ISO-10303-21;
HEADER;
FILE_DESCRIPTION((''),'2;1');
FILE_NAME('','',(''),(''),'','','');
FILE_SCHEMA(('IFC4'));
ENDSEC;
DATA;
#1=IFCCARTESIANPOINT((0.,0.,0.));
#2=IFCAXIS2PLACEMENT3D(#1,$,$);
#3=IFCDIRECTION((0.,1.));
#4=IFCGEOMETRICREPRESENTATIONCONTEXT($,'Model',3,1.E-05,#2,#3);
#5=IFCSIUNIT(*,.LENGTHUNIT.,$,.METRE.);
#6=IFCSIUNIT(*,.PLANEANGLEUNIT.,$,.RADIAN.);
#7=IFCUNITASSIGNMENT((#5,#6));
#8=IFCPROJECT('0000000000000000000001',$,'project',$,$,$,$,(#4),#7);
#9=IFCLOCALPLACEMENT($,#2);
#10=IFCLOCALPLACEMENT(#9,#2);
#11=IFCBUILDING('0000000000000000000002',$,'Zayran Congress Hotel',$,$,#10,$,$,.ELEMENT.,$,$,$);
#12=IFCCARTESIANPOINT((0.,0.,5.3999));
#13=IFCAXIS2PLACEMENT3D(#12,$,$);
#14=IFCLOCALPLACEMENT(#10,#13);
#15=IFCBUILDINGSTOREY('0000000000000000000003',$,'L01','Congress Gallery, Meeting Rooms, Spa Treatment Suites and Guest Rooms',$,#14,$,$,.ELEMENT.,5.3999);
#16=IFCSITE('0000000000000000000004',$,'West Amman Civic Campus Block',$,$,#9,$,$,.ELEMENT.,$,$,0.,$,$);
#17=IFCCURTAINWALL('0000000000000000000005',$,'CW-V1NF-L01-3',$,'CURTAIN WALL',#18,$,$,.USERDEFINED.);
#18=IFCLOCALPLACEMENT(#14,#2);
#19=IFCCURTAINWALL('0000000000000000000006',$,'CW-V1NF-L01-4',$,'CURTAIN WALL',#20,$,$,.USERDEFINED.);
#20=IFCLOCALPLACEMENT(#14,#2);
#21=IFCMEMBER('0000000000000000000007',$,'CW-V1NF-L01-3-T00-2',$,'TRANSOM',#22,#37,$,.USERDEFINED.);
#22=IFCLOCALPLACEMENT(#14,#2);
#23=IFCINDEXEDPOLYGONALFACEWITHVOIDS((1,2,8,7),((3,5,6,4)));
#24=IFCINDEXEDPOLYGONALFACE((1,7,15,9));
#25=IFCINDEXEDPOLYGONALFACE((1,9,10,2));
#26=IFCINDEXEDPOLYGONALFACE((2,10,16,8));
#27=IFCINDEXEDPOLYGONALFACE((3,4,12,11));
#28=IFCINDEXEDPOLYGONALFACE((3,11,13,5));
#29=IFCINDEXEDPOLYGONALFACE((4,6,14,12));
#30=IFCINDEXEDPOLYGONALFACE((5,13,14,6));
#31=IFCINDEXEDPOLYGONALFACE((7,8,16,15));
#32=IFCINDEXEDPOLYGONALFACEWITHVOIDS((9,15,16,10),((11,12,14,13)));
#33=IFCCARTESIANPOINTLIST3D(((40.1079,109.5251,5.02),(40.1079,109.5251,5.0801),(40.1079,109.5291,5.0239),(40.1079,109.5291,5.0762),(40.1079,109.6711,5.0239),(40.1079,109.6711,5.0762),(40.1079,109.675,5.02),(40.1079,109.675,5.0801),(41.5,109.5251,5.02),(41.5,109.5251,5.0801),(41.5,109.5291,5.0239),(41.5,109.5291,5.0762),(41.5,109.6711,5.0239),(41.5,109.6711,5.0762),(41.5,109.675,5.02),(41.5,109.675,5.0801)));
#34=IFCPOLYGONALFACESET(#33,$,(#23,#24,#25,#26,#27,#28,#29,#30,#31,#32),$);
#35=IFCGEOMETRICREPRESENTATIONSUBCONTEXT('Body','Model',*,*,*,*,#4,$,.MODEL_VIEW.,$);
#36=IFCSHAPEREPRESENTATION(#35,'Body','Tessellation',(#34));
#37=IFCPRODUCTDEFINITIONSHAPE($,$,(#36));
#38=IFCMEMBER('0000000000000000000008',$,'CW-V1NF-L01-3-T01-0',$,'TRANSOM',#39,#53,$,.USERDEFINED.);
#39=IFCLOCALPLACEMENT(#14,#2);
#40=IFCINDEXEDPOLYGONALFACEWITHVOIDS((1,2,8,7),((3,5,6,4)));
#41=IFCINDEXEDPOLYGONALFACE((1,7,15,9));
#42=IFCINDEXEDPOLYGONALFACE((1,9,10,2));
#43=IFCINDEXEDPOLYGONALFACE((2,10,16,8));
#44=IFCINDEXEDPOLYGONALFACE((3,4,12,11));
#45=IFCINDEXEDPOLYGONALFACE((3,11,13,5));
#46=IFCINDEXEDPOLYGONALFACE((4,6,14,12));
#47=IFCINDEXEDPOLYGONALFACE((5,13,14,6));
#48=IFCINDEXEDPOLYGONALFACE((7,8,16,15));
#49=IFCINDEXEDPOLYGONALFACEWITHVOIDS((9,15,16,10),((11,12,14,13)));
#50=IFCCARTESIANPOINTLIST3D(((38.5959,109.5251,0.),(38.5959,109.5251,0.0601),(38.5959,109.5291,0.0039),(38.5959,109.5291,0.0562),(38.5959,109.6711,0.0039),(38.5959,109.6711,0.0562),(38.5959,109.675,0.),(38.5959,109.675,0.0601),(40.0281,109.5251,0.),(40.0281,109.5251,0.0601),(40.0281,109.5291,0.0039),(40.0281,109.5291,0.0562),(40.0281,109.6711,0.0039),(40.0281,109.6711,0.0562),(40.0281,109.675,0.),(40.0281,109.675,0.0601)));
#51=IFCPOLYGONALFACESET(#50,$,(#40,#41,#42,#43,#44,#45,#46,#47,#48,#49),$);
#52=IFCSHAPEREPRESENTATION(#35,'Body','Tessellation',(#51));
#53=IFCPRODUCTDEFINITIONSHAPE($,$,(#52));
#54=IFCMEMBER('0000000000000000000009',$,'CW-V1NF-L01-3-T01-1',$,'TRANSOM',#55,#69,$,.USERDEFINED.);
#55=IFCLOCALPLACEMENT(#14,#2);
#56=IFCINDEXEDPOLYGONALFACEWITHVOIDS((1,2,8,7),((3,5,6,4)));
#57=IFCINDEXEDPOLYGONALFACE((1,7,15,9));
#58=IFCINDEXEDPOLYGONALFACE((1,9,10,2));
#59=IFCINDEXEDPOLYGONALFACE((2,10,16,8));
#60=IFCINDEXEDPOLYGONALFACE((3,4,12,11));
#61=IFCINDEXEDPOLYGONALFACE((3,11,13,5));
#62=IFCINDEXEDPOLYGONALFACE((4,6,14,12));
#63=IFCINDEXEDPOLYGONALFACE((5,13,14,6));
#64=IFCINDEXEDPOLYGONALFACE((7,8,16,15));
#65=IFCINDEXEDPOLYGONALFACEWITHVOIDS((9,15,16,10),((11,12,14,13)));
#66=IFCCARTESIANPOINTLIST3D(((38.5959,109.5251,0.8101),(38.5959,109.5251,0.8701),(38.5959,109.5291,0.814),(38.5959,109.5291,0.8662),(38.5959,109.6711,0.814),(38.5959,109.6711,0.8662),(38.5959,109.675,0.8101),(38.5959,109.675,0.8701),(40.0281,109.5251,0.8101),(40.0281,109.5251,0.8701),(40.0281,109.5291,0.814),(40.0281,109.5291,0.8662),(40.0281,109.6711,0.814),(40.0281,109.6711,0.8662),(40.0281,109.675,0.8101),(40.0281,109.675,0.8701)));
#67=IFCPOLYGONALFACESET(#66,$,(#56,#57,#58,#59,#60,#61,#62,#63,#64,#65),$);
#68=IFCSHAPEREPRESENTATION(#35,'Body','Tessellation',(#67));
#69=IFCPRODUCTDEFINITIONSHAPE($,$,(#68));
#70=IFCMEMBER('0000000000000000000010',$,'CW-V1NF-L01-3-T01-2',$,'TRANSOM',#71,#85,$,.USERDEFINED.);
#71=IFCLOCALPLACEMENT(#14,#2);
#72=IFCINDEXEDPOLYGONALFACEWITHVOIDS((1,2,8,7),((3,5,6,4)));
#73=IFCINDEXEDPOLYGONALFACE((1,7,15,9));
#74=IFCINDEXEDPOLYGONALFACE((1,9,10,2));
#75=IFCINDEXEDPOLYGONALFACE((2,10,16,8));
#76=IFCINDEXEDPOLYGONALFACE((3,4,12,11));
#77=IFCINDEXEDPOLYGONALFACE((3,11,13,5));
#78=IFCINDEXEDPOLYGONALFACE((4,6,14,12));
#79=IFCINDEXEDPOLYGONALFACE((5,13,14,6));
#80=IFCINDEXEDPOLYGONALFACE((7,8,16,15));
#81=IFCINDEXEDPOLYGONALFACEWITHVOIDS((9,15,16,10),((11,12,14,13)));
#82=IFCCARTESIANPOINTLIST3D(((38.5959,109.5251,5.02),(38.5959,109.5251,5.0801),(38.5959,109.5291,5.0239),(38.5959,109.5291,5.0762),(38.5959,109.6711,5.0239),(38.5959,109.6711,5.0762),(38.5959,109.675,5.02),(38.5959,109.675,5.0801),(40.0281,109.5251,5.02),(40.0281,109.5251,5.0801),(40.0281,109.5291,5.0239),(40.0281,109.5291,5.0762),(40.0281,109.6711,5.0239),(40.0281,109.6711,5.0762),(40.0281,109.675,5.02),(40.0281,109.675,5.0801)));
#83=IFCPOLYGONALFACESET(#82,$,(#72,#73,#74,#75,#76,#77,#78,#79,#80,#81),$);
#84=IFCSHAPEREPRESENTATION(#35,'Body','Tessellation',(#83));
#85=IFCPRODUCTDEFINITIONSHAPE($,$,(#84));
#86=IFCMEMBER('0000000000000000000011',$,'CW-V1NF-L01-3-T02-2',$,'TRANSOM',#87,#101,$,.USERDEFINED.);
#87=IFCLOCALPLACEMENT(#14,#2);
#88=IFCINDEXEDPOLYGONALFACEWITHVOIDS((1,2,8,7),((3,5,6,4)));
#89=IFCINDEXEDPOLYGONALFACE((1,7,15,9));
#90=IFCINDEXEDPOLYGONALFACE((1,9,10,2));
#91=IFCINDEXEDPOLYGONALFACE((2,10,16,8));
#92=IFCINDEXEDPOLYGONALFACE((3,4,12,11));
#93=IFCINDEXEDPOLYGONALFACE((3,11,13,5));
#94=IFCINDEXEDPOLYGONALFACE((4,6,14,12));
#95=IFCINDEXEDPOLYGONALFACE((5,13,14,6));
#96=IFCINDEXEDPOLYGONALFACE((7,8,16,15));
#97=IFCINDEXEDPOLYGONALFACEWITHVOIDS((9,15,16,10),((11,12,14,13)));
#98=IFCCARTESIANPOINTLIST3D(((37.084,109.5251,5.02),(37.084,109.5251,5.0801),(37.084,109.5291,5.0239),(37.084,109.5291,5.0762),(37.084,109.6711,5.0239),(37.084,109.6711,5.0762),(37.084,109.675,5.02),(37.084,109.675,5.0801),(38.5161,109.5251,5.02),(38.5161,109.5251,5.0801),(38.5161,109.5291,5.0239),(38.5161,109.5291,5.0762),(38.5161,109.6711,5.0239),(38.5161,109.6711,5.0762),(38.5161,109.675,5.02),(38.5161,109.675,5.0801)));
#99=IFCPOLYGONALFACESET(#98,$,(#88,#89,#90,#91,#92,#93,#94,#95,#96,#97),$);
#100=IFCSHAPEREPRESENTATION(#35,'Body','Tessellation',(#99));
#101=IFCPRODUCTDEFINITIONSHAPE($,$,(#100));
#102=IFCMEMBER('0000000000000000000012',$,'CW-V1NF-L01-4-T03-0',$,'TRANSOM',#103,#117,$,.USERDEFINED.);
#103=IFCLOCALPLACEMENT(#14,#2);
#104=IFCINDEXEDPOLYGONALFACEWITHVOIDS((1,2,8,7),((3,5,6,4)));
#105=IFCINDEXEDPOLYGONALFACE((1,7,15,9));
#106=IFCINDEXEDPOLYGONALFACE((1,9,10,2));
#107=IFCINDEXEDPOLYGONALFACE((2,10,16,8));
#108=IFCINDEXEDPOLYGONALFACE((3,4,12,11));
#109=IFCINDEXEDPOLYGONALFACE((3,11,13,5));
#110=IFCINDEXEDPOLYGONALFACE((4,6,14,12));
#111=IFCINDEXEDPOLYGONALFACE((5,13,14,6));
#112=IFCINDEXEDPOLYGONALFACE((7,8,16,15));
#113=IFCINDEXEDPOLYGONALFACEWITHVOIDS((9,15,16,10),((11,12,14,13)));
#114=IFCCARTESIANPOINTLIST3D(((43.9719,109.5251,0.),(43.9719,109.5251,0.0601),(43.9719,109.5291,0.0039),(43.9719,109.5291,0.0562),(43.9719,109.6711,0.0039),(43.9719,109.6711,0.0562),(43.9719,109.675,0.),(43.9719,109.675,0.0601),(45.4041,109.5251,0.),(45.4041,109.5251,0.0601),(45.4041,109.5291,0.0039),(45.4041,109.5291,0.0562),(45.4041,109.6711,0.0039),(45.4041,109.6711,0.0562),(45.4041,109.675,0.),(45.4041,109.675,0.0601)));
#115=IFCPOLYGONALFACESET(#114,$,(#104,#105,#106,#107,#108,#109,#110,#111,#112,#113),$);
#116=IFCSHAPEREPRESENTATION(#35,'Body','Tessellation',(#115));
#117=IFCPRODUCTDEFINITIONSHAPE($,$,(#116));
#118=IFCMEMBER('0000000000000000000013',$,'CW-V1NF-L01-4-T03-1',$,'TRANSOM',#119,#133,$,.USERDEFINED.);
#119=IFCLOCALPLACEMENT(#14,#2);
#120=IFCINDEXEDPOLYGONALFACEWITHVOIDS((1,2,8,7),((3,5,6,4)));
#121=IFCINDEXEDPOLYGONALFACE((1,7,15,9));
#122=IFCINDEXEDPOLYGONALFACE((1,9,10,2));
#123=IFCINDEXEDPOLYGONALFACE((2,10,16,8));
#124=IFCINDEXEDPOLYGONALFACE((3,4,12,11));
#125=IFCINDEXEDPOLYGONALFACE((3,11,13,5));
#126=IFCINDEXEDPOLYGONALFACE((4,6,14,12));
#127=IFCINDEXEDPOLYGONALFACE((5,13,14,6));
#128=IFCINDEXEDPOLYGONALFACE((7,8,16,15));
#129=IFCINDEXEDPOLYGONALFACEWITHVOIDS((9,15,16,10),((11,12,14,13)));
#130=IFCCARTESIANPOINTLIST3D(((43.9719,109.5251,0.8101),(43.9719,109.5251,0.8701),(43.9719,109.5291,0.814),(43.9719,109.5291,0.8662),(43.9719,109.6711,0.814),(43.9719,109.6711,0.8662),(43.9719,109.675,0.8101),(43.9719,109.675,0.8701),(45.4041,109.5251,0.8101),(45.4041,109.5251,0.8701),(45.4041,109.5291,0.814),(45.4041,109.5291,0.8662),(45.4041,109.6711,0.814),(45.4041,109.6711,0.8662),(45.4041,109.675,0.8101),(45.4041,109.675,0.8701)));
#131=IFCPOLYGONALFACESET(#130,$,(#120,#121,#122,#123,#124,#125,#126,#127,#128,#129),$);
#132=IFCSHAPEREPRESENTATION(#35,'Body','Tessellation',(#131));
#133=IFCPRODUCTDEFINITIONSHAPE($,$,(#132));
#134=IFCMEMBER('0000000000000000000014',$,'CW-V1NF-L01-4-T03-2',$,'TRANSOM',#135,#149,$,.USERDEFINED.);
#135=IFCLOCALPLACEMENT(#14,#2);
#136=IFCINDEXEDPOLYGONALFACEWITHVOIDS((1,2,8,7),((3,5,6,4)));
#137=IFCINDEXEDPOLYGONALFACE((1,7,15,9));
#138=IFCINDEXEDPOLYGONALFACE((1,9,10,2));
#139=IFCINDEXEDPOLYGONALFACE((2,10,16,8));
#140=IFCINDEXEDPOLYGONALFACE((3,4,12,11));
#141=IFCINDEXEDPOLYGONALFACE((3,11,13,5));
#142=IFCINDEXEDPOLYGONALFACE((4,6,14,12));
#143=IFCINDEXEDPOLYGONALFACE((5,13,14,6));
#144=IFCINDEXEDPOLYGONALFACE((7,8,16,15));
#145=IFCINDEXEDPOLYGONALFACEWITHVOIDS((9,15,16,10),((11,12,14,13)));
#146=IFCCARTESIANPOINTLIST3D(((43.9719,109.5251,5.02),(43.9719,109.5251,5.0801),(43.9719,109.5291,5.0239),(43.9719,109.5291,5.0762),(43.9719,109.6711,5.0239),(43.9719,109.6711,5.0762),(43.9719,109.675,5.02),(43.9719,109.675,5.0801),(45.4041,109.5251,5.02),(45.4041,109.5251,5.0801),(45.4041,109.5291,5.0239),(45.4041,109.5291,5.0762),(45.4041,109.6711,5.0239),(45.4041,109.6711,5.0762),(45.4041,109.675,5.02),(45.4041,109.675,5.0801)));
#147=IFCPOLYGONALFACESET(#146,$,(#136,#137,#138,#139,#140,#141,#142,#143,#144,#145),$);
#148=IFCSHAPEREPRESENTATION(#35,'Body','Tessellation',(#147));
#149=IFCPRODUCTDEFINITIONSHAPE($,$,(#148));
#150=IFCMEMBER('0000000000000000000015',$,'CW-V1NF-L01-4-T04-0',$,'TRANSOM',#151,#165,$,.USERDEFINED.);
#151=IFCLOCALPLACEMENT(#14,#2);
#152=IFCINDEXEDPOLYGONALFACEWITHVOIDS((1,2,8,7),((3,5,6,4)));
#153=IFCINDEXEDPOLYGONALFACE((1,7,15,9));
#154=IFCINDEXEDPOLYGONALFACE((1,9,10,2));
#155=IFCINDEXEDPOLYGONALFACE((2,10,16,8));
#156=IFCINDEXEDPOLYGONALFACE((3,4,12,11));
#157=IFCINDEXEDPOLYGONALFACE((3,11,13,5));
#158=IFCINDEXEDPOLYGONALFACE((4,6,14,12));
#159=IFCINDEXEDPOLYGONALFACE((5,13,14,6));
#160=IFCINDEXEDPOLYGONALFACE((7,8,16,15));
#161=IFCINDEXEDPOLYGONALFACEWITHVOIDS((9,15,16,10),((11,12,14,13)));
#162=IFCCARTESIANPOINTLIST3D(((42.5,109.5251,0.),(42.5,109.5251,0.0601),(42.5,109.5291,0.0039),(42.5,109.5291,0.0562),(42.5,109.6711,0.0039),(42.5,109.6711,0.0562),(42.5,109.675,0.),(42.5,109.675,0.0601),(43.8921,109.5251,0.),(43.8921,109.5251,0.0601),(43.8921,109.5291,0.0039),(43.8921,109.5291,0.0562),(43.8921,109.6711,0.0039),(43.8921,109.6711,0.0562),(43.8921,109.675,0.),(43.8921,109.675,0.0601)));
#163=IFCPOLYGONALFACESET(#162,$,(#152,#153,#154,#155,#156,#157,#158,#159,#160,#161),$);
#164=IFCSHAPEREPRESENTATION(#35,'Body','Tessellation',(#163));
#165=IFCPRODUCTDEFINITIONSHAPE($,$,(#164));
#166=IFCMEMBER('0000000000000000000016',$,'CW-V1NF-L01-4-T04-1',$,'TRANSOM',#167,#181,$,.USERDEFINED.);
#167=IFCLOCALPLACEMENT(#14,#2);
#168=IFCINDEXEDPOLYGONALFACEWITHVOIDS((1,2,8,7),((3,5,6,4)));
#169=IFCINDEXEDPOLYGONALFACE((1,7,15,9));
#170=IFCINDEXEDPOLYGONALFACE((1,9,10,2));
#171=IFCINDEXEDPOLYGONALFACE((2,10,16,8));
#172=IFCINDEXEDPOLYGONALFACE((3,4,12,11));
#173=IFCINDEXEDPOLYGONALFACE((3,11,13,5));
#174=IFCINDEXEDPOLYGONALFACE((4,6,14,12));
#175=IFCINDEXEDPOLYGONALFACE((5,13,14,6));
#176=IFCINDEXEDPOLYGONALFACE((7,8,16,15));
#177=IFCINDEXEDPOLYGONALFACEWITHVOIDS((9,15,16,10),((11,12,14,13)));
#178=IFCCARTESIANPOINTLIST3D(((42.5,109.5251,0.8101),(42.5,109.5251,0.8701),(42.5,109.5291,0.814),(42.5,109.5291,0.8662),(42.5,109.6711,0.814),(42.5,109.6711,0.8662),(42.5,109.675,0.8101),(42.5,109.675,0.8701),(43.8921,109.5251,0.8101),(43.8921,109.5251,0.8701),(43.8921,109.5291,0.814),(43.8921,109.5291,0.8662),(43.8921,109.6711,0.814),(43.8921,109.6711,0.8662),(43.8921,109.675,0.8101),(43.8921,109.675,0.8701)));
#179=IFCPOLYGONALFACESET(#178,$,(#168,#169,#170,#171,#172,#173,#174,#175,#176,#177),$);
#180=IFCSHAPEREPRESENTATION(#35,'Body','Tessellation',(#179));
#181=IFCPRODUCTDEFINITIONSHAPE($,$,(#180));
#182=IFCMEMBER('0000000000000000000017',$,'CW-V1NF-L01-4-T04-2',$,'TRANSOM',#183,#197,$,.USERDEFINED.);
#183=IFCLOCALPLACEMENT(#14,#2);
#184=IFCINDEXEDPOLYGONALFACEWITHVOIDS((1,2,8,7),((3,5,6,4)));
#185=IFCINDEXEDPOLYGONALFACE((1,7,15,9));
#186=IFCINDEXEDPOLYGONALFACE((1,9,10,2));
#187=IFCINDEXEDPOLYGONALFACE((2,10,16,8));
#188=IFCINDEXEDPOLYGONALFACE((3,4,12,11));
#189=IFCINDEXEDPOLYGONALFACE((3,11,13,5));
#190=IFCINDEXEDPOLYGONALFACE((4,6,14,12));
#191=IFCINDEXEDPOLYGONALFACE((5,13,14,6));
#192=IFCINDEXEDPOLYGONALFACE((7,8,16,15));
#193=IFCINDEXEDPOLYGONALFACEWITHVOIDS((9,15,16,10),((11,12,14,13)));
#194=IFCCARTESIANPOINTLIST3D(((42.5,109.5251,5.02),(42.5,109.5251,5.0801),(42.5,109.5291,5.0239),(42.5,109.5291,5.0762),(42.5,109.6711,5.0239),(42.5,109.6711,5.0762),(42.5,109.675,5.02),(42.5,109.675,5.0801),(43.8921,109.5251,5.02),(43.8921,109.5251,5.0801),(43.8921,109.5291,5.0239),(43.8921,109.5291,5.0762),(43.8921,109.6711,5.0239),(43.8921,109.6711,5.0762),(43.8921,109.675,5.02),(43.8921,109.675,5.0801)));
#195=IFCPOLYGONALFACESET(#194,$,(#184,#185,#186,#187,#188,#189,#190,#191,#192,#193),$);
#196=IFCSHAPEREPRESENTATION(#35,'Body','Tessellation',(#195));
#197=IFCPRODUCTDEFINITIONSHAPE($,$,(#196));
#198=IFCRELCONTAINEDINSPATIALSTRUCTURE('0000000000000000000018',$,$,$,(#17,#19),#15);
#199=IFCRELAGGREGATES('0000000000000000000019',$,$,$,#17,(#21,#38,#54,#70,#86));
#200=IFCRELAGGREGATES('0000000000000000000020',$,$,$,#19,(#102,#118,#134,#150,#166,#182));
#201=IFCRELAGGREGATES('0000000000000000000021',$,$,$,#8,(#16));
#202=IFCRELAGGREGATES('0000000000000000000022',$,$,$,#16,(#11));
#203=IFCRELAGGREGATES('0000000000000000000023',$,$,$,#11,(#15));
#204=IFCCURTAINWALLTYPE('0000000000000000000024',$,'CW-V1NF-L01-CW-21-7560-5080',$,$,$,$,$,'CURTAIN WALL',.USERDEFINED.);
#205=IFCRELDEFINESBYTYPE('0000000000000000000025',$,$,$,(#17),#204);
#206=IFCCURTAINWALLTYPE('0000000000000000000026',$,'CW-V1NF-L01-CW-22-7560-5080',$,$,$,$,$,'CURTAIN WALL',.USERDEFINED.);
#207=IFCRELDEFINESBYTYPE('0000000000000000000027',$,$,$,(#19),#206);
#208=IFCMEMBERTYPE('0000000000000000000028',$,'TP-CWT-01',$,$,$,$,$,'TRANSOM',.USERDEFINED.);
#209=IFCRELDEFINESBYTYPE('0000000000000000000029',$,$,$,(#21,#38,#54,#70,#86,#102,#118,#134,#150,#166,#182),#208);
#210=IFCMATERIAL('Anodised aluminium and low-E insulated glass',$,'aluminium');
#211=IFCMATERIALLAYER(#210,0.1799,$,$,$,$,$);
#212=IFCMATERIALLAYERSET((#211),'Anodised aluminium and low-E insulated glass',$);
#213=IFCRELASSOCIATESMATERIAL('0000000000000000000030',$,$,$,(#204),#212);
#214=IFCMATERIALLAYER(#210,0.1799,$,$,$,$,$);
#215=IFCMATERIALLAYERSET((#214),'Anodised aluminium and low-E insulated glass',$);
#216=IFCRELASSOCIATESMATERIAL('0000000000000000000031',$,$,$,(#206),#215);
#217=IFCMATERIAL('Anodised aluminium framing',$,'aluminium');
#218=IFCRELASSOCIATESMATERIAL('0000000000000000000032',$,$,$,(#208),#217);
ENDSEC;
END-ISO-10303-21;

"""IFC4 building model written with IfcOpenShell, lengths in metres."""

from ifc_helpers import new_model, si_unit, direction, frame, origin, origin_2d, place, context, subcontext, project, spatial, hollow_rectangle, extrude, material, layer, layer_set, material_profile, profile_set, type_object, element, aggregate, save


model = new_model("IFC4")

# Units and contexts
model_context = context("Model", 3, precision=1e-05, world=origin(), true_north=direction((0.0, 1.0)))
body_context = subcontext(model_context, "Body", "Model", "MODEL_VIEW")
ifc_project = project(units=[si_unit("LENGTHUNIT", "METRE"), si_unit("PLANEANGLEUNIT", "RADIAN")], contexts=[model_context])

# Site, building, storey
site_placement = place(None, origin())
site = spatial("IfcSite", under=ifc_project, at=site_placement, Name="West Amman Civic Campus Block", CompositionType="ELEMENT", RefElevation=0.0)
building_placement = place(site_placement, origin())
building = spatial("IfcBuilding", under=site, at=building_placement, Name="Zayran Congress Hotel", CompositionType="ELEMENT")
storey_placement = place(building_placement, frame((0.0, 0.0, 5.3999)))
storey = spatial("IfcBuildingStorey", under=building, at=storey_placement, Name="L01", Description="Congress Gallery, Meeting Rooms, Spa Treatment Suites and Guest Rooms", CompositionType="ELEMENT", Elevation=5.3999)

# Curtain walls
ifc_material_1 = material(Name="Anodised aluminium and low-E insulated glass", Category="aluminium")
ifc_layer_1 = layer(ifc_material_1, 0.1799)
ifc_layer_set_1 = layer_set([ifc_layer_1], Name="Anodised aluminium and low-E insulated glass")
curtain_wall_type_1 = type_object("IfcCurtainWallType", Name="CW-V1NF-L01-CW-21-7560-5080", ElementType="CURTAIN WALL", PredefinedType="USERDEFINED", material=ifc_layer_set_1)
curtain_wall_1_placement = place(storey_placement, origin())
curtain_wall_1 = element("IfcCurtainWall", 1, at=curtain_wall_1_placement, inside=storey, type_object=curtain_wall_type_1, Name="CW-V1NF-L01-3", ObjectType="CURTAIN WALL", PredefinedType="USERDEFINED")
ifc_material_2 = material(Name="Anodised aluminium framing", Category="aluminium")
ifc_layer_2 = layer(ifc_material_1, 0.1799)
ifc_layer_set_2 = layer_set([ifc_layer_2], Name="Anodised aluminium and low-E insulated glass")
curtain_wall_type_2 = type_object("IfcCurtainWallType", Name="CW-V1NF-L01-CW-22-7560-5080", ElementType="CURTAIN WALL", PredefinedType="USERDEFINED", material=ifc_layer_set_2)
curtain_wall_2_placement = place(storey_placement, origin())
curtain_wall_2 = element("IfcCurtainWall", 2, at=curtain_wall_2_placement, inside=storey, type_object=curtain_wall_type_2, Name="CW-V1NF-L01-4", ObjectType="CURTAIN WALL", PredefinedType="USERDEFINED")

# Members
ifc_material_profile_1 = material_profile(ifc_material_2, hollow_rectangle(XDim=0.0601, YDim=0.1499, WallThickness=0.0039, at=origin_2d()), Name="RHS 150x60x4")
ifc_profile_set_1 = profile_set([ifc_material_profile_1], Name="Anodised aluminium framing")
member_type_1 = type_object("IfcMemberType", Name="TP-CWT-01", ElementType="TRANSOM", PredefinedType="USERDEFINED", material=ifc_profile_set_1)
member_1_placement = place(storey_placement, frame((41.5, 109.6001, 5.05), z_axis=(-1.0, 0.0, 0.0), x_axis=(0.0, 0.0, 1.0)))
member_1 = element("IfcMember", 3, at=member_1_placement, type_object=member_type_1, Name="CW-V1NF-L01-3-T00-2", ObjectType="TRANSOM", PredefinedType="USERDEFINED", context=body_context, shape_type="SweptSolid", body=[
    extrude(hollow_rectangle(XDim=0.0601, YDim=0.1499, WallThickness=0.0039, at=origin_2d()), origin(), (0.0, 0.0, 1.0), 1.3921),
])
member_2_placement = place(storey_placement, frame((40.0281, 109.6001, 0.03), z_axis=(-1.0, 0.0, 0.0), x_axis=(0.0, 0.0, 1.0)))
member_2 = element("IfcMember", 4, at=member_2_placement, type_object=member_type_1, Name="CW-V1NF-L01-3-T01-0", ObjectType="TRANSOM", PredefinedType="USERDEFINED", context=body_context, shape_type="SweptSolid", body=[
    extrude(hollow_rectangle(XDim=0.0601, YDim=0.1499, WallThickness=0.0039, at=origin_2d()), origin(), (0.0, 0.0, 1.0), 1.4321),
])
member_3_placement = place(storey_placement, frame((40.0281, 109.6001, 0.8401), z_axis=(-1.0, 0.0, 0.0), x_axis=(0.0, 0.0, 1.0)))
member_3 = element("IfcMember", 5, at=member_3_placement, type_object=member_type_1, Name="CW-V1NF-L01-3-T01-1", ObjectType="TRANSOM", PredefinedType="USERDEFINED", context=body_context, shape_type="SweptSolid", body=[
    extrude(hollow_rectangle(XDim=0.0601, YDim=0.1499, WallThickness=0.0039, at=origin_2d()), origin(), (0.0, 0.0, 1.0), 1.4321),
])
member_4_placement = place(storey_placement, frame((40.0281, 109.6001, 5.05), z_axis=(-1.0, 0.0, 0.0), x_axis=(0.0, 0.0, 1.0)))
member_4 = element("IfcMember", 6, at=member_4_placement, type_object=member_type_1, Name="CW-V1NF-L01-3-T01-2", ObjectType="TRANSOM", PredefinedType="USERDEFINED", context=body_context, shape_type="SweptSolid", body=[
    extrude(hollow_rectangle(XDim=0.0601, YDim=0.1499, WallThickness=0.0039, at=origin_2d()), origin(), (0.0, 0.0, 1.0), 1.4321),
])
member_5_placement = place(storey_placement, frame((38.5161, 109.6001, 5.05), z_axis=(-1.0, 0.0, 0.0), x_axis=(0.0, 0.0, 1.0)))
member_5 = element("IfcMember", 7, at=member_5_placement, type_object=member_type_1, Name="CW-V1NF-L01-3-T02-2", ObjectType="TRANSOM", PredefinedType="USERDEFINED", context=body_context, shape_type="SweptSolid", body=[
    extrude(hollow_rectangle(XDim=0.0601, YDim=0.1499, WallThickness=0.0039, at=origin_2d()), origin(), (0.0, 0.0, 1.0), 1.4321),
])
member_6_placement = place(storey_placement, frame((45.4041, 109.6001, 0.03), z_axis=(-1.0, 0.0, 0.0), x_axis=(0.0, 0.0, 1.0)))
member_6 = element("IfcMember", 8, at=member_6_placement, type_object=member_type_1, Name="CW-V1NF-L01-4-T03-0", ObjectType="TRANSOM", PredefinedType="USERDEFINED", context=body_context, shape_type="SweptSolid", body=[
    extrude(hollow_rectangle(XDim=0.0601, YDim=0.1499, WallThickness=0.0039, at=origin_2d()), origin(), (0.0, 0.0, 1.0), 1.4321),
])
member_7_placement = place(storey_placement, frame((45.4041, 109.6001, 0.8401), z_axis=(-1.0, 0.0, 0.0), x_axis=(0.0, 0.0, 1.0)))
member_7 = element("IfcMember", 9, at=member_7_placement, type_object=member_type_1, Name="CW-V1NF-L01-4-T03-1", ObjectType="TRANSOM", PredefinedType="USERDEFINED", context=body_context, shape_type="SweptSolid", body=[
    extrude(hollow_rectangle(XDim=0.0601, YDim=0.1499, WallThickness=0.0039, at=origin_2d()), origin(), (0.0, 0.0, 1.0), 1.4321),
])
member_8_placement = place(storey_placement, frame((45.4041, 109.6001, 5.05), z_axis=(-1.0, 0.0, 0.0), x_axis=(0.0, 0.0, 1.0)))
member_8 = element("IfcMember", 10, at=member_8_placement, type_object=member_type_1, Name="CW-V1NF-L01-4-T03-2", ObjectType="TRANSOM", PredefinedType="USERDEFINED", context=body_context, shape_type="SweptSolid", body=[
    extrude(hollow_rectangle(XDim=0.0601, YDim=0.1499, WallThickness=0.0039, at=origin_2d()), origin(), (0.0, 0.0, 1.0), 1.4321),
])
member_9_placement = place(storey_placement, frame((43.8921, 109.6001, 0.03), z_axis=(-1.0, 0.0, 0.0), x_axis=(0.0, 0.0, 1.0)))
member_9 = element("IfcMember", 11, at=member_9_placement, type_object=member_type_1, Name="CW-V1NF-L01-4-T04-0", ObjectType="TRANSOM", PredefinedType="USERDEFINED", context=body_context, shape_type="SweptSolid", body=[
    extrude(hollow_rectangle(XDim=0.0601, YDim=0.1499, WallThickness=0.0039, at=origin_2d()), origin(), (0.0, 0.0, 1.0), 1.3921),
])
member_10_placement = place(storey_placement, frame((43.8921, 109.6001, 0.8401), z_axis=(-1.0, 0.0, 0.0), x_axis=(0.0, 0.0, 1.0)))
member_10 = element("IfcMember", 12, at=member_10_placement, type_object=member_type_1, Name="CW-V1NF-L01-4-T04-1", ObjectType="TRANSOM", PredefinedType="USERDEFINED", context=body_context, shape_type="SweptSolid", body=[
    extrude(hollow_rectangle(XDim=0.0601, YDim=0.1499, WallThickness=0.0039, at=origin_2d()), origin(), (0.0, 0.0, 1.0), 1.3921),
])
member_11_placement = place(storey_placement, frame((43.8921, 109.6001, 5.05), z_axis=(-1.0, 0.0, 0.0), x_axis=(0.0, 0.0, 1.0)))
member_11 = element("IfcMember", 13, at=member_11_placement, type_object=member_type_1, Name="CW-V1NF-L01-4-T04-2", ObjectType="TRANSOM", PredefinedType="USERDEFINED", context=body_context, shape_type="SweptSolid", body=[
    extrude(hollow_rectangle(XDim=0.0601, YDim=0.1499, WallThickness=0.0039, at=origin_2d()), origin(), (0.0, 0.0, 1.0), 1.3921),
])

aggregate(curtain_wall_1, [member_1, member_2, member_3, member_4, member_5])
aggregate(curtain_wall_2, [member_6, member_7, member_8, member_9, member_10, member_11])

save(model, "model.ifc")
